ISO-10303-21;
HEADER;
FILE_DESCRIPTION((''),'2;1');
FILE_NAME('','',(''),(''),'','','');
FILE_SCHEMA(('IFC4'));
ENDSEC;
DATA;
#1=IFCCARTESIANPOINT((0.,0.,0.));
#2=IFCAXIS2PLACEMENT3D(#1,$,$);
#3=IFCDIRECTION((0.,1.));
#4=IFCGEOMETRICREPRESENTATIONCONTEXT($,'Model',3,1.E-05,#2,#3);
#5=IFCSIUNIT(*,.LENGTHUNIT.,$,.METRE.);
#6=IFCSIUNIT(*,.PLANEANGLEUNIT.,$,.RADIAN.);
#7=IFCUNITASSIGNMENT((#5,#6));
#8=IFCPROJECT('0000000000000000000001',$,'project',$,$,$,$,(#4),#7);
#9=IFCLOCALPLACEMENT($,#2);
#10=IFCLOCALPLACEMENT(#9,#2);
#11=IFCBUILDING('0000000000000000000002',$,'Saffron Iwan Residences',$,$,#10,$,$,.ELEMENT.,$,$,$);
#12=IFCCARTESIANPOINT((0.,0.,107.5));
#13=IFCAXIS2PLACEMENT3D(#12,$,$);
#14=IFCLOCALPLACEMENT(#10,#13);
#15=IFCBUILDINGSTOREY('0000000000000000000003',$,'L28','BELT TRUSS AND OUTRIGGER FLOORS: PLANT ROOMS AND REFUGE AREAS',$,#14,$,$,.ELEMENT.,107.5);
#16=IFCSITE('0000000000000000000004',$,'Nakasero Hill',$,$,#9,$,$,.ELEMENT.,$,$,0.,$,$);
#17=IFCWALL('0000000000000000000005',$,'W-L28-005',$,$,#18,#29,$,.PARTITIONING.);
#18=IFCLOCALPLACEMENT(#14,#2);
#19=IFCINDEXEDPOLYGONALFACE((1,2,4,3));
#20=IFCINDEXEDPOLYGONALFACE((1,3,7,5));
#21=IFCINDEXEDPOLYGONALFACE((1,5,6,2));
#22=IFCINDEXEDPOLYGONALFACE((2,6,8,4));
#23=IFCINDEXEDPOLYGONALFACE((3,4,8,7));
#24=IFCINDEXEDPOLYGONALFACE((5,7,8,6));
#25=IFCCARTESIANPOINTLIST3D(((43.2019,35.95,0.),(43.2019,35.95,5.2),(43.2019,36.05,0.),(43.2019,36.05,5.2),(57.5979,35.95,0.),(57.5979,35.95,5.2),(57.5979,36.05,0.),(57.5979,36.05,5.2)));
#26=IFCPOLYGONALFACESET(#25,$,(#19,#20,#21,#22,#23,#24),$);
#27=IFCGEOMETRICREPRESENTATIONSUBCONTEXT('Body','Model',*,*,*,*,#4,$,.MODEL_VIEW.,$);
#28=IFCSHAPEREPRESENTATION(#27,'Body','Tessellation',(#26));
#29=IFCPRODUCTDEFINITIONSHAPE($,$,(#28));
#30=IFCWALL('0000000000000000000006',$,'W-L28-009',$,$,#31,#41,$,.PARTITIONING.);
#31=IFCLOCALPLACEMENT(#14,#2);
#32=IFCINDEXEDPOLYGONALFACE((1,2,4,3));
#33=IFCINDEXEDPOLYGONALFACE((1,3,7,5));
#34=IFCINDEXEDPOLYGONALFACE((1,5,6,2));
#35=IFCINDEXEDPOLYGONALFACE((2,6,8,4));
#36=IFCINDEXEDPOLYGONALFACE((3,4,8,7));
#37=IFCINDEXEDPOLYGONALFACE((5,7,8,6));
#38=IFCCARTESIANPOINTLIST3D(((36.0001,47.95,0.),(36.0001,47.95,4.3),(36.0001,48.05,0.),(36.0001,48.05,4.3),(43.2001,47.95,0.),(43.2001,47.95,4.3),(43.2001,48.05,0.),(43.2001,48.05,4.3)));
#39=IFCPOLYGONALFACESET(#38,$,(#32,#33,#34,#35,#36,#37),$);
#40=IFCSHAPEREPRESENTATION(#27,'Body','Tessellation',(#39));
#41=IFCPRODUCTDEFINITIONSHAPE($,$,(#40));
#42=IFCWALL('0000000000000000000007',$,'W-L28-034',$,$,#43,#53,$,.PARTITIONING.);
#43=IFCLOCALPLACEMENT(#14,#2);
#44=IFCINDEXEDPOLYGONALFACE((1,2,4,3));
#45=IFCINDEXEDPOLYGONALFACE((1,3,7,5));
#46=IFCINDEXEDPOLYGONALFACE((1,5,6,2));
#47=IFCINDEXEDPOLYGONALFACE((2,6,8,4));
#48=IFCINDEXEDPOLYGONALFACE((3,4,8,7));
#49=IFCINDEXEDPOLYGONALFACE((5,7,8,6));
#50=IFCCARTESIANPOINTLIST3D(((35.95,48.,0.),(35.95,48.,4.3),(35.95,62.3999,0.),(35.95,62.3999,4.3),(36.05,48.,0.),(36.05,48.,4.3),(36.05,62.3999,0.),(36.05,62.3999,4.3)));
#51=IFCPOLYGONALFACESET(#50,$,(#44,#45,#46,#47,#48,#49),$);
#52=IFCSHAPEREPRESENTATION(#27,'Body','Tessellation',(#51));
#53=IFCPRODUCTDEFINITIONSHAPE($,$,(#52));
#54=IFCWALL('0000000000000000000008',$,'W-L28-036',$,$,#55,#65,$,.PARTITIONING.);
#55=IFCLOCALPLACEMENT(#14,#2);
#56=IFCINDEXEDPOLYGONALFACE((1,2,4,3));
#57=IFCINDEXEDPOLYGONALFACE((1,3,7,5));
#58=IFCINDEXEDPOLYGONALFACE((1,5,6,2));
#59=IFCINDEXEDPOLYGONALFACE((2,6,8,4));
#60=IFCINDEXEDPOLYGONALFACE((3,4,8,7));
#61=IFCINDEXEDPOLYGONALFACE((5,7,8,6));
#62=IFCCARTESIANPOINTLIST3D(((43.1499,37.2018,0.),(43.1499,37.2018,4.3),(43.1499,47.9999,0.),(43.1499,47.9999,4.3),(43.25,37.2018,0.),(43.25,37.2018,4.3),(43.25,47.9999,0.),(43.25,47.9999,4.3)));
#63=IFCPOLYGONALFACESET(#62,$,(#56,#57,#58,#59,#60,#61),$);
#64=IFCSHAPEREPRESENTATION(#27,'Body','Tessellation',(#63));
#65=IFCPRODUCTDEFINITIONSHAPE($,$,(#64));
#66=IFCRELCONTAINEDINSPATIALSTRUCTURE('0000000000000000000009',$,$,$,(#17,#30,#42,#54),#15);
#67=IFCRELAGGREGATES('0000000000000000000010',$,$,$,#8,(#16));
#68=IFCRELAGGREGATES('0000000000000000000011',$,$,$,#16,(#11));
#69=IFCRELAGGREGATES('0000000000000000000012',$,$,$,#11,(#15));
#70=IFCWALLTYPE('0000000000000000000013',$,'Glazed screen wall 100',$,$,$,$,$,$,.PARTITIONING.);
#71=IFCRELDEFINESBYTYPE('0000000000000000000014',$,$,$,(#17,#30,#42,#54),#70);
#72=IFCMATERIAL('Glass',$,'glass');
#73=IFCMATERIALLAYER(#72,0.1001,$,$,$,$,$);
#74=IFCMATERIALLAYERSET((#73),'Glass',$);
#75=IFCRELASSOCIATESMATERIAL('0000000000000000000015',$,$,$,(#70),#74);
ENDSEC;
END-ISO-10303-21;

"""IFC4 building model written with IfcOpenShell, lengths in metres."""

from ifc_helpers import new_model, si_unit, direction, frame, frame_2d, origin, place, context, subcontext, project, spatial, rectangle, extrude, material, layer, layer_set, type_object, element, save


model = new_model("IFC4")

# Units and contexts
model_context = context("Model", 3, precision=1e-05, world=origin(), true_north=direction((0.0, 1.0)))
body_context = subcontext(model_context, "Body", "Model", "MODEL_VIEW")
ifc_project = project(units=[si_unit("LENGTHUNIT", "METRE"), si_unit("PLANEANGLEUNIT", "RADIAN")], contexts=[model_context])

# Site, building, storey
site_placement = place(None, origin())
site = spatial("IfcSite", under=ifc_project, at=site_placement, Name="Nakasero Hill", CompositionType="ELEMENT", RefElevation=0.0)
building_placement = place(site_placement, origin())
building = spatial("IfcBuilding", under=site, at=building_placement, Name="Saffron Iwan Residences", CompositionType="ELEMENT")
storey_placement = place(building_placement, frame((0.0, 0.0, 107.5)))
storey = spatial("IfcBuildingStorey", under=building, at=storey_placement, Name="L28", Description="BELT TRUSS AND OUTRIGGER FLOORS: PLANT ROOMS AND REFUGE AREAS", CompositionType="ELEMENT", Elevation=107.5)

# Walls
ifc_material_1 = material(Name="Glass", Category="glass")
ifc_layer_1 = layer(ifc_material_1, 0.1001)
ifc_layer_set_1 = layer_set([ifc_layer_1], Name="Glass")
wall_type_1 = type_object("IfcWallType", Name="Glazed screen wall 100", PredefinedType="PARTITIONING", material=ifc_layer_set_1)
wall_1_placement = place(storey_placement, frame((43.2019, 36.0, 0.0), z_axis=(0.0, 0.0, 1.0), x_axis=(1.0, 0.0, 0.0)))
element("IfcWall", 1, at=wall_1_placement, inside=storey, type_object=wall_type_1, Name="W-L28-005", PredefinedType="PARTITIONING", context=body_context, shape_type="SweptSolid", body=[
    extrude(rectangle(XDim=14.396, YDim=0.1001, at=frame_2d((7.198, 0.0))), origin(), (0.0, 0.0, 1.0), 5.2),
])
wall_2_placement = place(storey_placement, frame((36.0, 48.0, 0.0), z_axis=(0.0, 0.0, 1.0), x_axis=(1.0, 0.0, 0.0)))
element("IfcWall", 2, at=wall_2_placement, inside=storey, type_object=wall_type_1, Name="W-L28-009", PredefinedType="PARTITIONING", context=body_context, shape_type="SweptSolid", body=[
    extrude(rectangle(XDim=7.2, YDim=0.1001, at=frame_2d((3.6001, 0.0))), origin(), (0.0, 0.0, 1.0), 4.3),
])
wall_3_placement = place(storey_placement, frame((36.0, 48.0, 0.0), z_axis=(0.0, 0.0, 1.0), x_axis=(0.0, 1.0, 0.0)))
element("IfcWall", 3, at=wall_3_placement, inside=storey, type_object=wall_type_1, Name="W-L28-034", PredefinedType="PARTITIONING", context=body_context, shape_type="SweptSolid", body=[
    extrude(rectangle(XDim=14.3999, YDim=0.1001, at=frame_2d((7.2, 0.0))), origin(), (0.0, 0.0, 1.0), 4.3),
])
wall_4_placement = place(storey_placement, frame((43.2, 37.2019, 0.0), z_axis=(0.0, 0.0, 1.0), x_axis=(0.0, 1.0, 0.0)))
element("IfcWall", 4, at=wall_4_placement, inside=storey, type_object=wall_type_1, Name="W-L28-036", PredefinedType="PARTITIONING", context=body_context, shape_type="SweptSolid", body=[
    extrude(rectangle(XDim=10.7981, YDim=0.1001, at=frame_2d((5.3989, 0.0))), origin(), (0.0, 0.0, 1.0), 4.3),
])

save(model, "model.ifc")
